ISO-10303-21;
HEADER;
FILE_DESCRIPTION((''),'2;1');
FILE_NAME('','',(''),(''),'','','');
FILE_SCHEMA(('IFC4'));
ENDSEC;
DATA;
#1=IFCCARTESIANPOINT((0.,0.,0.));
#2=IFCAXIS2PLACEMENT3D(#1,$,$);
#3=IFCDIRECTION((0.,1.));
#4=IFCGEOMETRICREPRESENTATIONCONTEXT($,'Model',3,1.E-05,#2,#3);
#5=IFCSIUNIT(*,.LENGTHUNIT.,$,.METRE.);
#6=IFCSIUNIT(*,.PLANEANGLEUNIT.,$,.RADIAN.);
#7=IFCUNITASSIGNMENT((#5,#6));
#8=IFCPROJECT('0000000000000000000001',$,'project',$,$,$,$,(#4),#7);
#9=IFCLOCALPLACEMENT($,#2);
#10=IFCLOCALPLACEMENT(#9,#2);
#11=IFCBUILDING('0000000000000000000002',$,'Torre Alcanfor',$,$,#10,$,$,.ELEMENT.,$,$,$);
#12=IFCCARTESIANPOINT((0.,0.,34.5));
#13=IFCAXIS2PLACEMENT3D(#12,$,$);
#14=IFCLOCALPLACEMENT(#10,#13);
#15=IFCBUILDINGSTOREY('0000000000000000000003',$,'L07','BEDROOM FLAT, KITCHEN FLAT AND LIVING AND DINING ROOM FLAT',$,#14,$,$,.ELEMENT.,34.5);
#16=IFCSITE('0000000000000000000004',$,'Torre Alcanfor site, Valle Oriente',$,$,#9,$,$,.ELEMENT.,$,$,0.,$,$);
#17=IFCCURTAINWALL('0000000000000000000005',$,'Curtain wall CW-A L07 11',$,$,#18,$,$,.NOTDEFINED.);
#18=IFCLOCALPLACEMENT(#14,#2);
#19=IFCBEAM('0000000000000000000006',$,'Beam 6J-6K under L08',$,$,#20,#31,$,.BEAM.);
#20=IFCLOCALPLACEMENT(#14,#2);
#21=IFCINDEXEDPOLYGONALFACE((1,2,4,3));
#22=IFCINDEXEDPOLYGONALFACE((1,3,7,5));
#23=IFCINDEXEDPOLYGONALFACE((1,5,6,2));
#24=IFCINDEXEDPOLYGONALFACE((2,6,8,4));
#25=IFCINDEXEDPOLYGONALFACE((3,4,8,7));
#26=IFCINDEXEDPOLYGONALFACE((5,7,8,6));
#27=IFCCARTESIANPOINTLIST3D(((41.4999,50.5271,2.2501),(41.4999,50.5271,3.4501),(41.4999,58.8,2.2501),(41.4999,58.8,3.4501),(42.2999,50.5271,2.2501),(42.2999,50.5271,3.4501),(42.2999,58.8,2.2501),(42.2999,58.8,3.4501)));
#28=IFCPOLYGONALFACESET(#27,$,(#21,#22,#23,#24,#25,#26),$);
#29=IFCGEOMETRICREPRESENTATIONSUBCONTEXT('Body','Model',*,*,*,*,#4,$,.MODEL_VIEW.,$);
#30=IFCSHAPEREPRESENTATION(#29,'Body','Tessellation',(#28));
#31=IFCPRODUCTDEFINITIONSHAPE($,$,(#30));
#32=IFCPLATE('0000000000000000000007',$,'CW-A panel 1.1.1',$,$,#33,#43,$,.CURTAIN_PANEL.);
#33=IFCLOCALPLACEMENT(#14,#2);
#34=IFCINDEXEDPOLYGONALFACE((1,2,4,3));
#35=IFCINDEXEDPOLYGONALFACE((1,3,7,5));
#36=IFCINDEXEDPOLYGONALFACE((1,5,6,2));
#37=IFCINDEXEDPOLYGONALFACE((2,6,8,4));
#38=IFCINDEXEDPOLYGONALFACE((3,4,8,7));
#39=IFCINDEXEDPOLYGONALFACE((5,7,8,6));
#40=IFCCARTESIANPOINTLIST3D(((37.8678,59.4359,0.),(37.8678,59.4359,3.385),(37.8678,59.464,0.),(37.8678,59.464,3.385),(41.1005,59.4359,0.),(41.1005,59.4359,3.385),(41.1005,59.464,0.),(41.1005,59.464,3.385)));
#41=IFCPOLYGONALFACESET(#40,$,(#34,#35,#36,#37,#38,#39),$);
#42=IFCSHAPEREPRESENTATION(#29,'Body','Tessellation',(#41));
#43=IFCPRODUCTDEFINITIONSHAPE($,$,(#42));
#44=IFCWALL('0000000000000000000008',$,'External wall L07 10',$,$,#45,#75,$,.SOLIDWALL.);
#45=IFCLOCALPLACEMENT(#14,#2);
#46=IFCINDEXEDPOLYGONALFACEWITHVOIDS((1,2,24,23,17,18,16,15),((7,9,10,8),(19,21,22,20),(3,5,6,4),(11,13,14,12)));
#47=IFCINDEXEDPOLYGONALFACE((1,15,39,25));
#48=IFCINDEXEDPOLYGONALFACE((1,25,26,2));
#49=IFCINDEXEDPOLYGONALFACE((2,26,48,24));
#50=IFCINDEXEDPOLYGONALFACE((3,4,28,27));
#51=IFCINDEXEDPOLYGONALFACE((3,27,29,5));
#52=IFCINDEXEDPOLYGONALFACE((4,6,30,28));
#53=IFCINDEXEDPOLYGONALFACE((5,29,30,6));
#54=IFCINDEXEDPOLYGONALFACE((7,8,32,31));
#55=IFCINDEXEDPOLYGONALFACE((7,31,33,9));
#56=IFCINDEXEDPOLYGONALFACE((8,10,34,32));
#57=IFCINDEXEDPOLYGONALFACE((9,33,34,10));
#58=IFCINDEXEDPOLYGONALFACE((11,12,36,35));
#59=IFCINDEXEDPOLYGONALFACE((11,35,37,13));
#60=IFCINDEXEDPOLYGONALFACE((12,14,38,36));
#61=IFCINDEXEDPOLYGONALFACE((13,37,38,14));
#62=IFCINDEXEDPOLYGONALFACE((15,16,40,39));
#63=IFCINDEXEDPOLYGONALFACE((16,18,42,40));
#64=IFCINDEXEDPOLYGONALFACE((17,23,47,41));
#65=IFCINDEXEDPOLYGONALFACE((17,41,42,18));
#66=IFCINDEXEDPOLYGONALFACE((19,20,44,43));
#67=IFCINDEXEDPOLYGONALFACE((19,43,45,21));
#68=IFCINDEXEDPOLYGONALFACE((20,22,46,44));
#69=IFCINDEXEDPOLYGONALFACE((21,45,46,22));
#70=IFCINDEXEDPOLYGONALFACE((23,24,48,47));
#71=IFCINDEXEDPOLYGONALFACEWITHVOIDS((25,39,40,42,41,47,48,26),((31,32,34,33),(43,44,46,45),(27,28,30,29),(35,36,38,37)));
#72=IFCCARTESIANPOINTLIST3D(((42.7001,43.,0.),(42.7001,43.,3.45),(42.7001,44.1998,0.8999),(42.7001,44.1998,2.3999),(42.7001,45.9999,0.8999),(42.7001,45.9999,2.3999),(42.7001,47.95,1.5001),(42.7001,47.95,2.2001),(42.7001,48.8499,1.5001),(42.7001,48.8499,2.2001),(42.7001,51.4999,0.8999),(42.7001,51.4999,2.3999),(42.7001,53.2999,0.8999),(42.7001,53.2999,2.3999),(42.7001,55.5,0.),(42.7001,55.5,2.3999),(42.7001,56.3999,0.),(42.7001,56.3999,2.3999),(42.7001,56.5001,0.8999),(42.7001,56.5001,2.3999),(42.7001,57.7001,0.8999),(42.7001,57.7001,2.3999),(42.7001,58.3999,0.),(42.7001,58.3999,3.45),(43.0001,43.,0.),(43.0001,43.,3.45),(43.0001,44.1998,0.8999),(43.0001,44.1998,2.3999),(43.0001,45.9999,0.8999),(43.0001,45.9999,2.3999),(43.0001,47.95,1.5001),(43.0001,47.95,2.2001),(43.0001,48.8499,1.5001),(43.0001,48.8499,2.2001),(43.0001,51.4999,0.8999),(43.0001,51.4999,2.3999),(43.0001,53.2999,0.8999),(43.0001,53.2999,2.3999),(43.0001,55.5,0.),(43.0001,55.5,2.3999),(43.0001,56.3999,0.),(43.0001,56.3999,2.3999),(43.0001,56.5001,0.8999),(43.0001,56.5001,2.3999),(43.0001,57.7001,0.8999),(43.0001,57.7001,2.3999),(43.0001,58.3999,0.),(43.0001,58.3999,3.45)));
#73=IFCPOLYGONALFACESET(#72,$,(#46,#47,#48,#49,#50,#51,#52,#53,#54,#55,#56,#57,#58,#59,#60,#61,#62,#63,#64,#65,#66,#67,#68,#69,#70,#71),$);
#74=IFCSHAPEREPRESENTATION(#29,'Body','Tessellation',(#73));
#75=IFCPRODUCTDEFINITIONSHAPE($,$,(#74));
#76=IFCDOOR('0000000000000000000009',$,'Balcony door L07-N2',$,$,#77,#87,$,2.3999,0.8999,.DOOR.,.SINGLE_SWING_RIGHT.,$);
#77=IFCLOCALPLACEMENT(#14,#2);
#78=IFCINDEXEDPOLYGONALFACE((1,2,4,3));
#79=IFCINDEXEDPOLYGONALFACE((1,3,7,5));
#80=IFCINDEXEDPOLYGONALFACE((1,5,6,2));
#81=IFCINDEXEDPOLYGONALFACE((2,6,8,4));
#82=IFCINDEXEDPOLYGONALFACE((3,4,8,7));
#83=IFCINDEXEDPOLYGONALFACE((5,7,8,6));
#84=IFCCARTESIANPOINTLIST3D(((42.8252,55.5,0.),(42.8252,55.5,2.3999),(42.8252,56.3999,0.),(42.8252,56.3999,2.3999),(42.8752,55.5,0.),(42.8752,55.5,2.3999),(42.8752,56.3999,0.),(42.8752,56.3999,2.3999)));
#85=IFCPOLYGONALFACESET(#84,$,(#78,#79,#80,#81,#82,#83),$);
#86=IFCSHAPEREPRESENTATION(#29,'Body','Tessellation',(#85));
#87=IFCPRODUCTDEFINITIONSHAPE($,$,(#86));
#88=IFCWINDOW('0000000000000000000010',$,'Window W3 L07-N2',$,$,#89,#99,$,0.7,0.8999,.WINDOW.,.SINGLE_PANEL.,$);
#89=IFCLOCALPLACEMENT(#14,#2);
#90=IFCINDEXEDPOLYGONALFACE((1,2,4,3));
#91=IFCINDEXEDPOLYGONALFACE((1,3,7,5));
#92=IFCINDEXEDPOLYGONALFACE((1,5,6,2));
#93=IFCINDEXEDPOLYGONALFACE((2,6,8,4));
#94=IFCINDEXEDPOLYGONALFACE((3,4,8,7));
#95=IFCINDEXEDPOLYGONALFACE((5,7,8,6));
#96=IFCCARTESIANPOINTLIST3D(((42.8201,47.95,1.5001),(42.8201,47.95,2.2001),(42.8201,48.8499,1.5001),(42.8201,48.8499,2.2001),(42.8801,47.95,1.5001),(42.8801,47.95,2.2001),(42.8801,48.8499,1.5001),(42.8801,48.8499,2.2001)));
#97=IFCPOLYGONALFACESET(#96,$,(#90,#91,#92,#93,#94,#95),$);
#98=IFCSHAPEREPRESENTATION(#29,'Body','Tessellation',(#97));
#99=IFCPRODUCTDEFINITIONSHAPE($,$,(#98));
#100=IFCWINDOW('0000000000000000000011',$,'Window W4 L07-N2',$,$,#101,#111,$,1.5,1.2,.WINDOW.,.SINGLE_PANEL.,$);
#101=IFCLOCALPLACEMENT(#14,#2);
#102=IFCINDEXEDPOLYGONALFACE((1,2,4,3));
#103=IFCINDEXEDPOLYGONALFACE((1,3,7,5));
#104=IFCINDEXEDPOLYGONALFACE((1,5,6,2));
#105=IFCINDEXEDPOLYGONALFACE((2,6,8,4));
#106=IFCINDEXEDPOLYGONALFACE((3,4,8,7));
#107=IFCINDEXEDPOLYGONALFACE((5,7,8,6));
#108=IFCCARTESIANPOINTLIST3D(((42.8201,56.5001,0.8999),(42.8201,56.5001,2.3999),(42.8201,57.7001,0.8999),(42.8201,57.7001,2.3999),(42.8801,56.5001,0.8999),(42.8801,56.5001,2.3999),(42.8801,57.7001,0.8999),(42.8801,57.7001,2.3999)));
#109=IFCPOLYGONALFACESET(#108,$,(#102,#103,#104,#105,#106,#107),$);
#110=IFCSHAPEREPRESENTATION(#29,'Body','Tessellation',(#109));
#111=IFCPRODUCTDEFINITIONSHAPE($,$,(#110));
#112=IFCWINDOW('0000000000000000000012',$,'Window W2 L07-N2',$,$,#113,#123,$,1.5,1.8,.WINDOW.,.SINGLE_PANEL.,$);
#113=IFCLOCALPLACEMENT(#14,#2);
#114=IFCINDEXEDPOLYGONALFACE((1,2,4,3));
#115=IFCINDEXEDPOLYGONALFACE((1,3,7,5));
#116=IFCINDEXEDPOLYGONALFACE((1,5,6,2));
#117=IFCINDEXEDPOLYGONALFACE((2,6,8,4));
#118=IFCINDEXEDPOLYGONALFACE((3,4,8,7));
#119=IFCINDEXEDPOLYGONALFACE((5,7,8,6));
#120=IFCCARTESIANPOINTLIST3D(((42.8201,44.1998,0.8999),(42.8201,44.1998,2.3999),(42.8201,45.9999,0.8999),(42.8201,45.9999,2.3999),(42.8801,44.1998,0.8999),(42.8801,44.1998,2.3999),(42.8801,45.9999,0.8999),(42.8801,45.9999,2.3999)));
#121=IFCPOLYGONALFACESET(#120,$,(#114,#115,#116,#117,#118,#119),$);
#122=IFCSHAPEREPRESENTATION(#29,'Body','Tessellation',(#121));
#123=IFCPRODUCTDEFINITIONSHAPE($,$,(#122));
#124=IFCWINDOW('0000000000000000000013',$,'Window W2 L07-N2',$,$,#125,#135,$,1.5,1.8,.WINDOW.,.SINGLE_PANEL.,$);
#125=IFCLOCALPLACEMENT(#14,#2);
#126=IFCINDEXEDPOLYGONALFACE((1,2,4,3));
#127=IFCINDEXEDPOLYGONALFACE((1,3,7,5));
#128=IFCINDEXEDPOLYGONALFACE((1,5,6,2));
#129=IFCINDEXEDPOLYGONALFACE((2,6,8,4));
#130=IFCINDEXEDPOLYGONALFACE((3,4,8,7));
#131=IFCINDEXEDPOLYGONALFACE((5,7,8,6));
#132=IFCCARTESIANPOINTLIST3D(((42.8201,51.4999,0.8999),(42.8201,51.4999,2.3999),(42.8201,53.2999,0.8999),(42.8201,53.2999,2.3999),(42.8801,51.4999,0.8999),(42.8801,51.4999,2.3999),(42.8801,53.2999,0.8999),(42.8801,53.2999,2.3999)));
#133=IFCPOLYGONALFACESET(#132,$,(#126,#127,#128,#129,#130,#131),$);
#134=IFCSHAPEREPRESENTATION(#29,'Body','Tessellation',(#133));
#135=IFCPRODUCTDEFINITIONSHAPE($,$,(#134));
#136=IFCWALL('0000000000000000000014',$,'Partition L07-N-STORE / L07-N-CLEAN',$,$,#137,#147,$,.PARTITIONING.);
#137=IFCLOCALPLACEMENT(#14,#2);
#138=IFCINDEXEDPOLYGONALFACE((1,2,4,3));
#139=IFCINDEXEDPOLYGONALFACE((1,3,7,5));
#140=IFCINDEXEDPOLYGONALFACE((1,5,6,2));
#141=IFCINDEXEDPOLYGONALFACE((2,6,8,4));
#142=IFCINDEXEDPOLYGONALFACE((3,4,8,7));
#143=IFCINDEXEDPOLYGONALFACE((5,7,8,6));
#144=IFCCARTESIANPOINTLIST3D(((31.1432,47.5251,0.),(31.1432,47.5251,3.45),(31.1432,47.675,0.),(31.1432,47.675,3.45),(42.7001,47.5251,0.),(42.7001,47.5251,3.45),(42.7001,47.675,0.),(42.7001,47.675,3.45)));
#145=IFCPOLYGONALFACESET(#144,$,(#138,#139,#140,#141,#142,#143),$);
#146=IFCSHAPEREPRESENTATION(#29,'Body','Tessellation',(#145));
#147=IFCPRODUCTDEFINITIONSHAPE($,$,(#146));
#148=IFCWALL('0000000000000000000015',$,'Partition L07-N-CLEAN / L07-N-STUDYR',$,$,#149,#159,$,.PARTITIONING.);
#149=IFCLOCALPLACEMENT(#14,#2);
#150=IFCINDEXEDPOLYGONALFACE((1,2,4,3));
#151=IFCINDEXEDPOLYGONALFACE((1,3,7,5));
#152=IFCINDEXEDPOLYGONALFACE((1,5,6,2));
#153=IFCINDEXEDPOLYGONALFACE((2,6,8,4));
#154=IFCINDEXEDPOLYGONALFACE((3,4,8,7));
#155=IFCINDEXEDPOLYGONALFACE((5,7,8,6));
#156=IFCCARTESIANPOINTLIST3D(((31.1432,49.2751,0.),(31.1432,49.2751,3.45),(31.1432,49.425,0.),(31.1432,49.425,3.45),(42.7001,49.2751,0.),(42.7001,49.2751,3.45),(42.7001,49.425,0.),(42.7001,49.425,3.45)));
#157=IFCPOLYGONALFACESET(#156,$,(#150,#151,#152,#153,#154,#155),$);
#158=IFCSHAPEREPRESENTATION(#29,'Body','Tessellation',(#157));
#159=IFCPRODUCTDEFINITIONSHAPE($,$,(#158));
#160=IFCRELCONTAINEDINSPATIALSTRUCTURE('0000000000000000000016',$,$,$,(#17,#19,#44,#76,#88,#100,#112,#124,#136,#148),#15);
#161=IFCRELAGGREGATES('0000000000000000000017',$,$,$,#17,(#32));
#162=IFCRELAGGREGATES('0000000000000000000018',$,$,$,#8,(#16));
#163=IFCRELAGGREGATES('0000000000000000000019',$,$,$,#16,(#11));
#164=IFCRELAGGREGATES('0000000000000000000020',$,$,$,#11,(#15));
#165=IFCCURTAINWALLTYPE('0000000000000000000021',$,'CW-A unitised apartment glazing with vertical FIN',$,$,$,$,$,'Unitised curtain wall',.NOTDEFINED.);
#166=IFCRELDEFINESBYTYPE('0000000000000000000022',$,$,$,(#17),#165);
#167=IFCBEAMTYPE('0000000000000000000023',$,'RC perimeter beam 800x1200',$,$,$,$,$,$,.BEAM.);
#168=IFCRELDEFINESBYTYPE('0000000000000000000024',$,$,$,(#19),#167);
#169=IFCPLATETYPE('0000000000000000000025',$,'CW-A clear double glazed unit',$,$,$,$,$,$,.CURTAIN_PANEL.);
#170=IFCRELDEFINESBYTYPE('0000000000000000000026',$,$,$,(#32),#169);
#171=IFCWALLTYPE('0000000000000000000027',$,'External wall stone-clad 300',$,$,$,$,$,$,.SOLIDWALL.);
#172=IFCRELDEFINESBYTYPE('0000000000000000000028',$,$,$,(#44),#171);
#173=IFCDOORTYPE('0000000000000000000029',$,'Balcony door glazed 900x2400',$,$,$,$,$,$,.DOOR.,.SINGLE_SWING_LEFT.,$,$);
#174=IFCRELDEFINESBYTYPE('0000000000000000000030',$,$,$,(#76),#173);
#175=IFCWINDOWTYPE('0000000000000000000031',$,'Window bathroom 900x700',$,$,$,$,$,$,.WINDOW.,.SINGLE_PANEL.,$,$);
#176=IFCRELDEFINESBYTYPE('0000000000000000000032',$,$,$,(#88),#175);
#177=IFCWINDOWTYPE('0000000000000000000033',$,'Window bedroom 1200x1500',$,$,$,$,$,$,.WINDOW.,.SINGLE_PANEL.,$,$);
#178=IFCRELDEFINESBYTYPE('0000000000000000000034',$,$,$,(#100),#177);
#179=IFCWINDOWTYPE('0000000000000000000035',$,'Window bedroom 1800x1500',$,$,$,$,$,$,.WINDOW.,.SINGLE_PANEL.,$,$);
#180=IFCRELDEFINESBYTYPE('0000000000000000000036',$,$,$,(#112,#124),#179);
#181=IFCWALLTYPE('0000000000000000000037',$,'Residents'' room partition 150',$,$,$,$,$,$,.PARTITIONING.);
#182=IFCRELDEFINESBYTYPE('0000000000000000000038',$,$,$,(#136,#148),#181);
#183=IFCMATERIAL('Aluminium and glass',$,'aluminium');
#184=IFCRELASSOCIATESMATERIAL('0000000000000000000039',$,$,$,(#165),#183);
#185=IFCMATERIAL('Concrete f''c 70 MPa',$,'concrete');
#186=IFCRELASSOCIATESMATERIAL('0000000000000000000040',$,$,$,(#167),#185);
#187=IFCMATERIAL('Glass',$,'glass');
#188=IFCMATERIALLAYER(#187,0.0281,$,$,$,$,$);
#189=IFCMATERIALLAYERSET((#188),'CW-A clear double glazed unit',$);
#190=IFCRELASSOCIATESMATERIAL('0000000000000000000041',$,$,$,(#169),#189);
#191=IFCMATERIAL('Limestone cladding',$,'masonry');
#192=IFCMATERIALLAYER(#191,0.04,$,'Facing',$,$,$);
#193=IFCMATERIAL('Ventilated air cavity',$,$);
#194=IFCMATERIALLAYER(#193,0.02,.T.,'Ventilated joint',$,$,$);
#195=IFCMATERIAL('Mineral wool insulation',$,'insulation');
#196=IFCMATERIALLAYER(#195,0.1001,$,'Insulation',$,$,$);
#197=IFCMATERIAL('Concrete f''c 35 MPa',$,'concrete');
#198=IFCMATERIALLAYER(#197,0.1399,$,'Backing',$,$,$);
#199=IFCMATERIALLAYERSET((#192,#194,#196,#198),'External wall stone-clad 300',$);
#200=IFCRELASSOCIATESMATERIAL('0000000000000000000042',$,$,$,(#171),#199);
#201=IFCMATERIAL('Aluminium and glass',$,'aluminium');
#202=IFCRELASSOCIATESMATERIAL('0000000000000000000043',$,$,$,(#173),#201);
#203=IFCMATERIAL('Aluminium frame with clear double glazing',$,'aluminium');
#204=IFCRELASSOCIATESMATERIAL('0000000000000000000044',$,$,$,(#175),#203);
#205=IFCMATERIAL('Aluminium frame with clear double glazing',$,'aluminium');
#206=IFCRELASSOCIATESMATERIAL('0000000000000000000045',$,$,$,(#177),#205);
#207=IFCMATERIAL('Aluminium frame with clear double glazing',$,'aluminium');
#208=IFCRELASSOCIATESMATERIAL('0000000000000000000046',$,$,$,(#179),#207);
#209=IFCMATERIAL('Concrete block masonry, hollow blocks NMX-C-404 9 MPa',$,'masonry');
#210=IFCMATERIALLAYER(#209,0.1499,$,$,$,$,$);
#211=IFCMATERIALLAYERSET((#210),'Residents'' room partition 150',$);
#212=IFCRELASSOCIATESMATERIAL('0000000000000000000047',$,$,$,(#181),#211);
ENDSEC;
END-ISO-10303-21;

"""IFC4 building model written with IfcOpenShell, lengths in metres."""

from ifc_helpers import new_model, si_unit, direction, frame, frame_2d, origin, origin_2d, place, context, subcontext, project, spatial, rectangle, extrude, material, layer, layer_set, material_profile, profile_set, type_object, element, fill, aggregate, save


model = new_model("IFC4")

# Units and contexts
model_context = context("Model", 3, precision=1e-05, world=origin(), true_north=direction((0.0, 1.0)))
body_context = subcontext(model_context, "Body", "Model", "MODEL_VIEW")
ifc_project = project(units=[si_unit("LENGTHUNIT", "METRE"), si_unit("PLANEANGLEUNIT", "RADIAN")], contexts=[model_context])

# Site, building, storey
site_placement = place(None, origin())
site = spatial("IfcSite", under=ifc_project, at=site_placement, Name="Torre Alcanfor site, Valle Oriente", CompositionType="ELEMENT", RefElevation=0.0)
building_placement = place(site_placement, origin())
building = spatial("IfcBuilding", under=site, at=building_placement, Name="Torre Alcanfor", CompositionType="ELEMENT")
storey_placement = place(building_placement, frame((0.0, 0.0, 34.5)))
storey = spatial("IfcBuildingStorey", under=building, at=storey_placement, Name="L07", Description="BEDROOM FLAT, KITCHEN FLAT AND LIVING AND DINING ROOM FLAT", CompositionType="ELEMENT", Elevation=34.5)

# Curtain wall
ifc_material_1 = material(Name="Aluminium and glass", Category="aluminium")
curtain_wall_type = type_object("IfcCurtainWallType", Name="CW-A unitised apartment glazing with vertical FIN", ElementType="Unitised curtain wall", PredefinedType="NOTDEFINED", material=ifc_material_1)
curtain_wall_placement = place(storey_placement, origin())
curtain_wall = element("IfcCurtainWall", 1, at=curtain_wall_placement, inside=storey, type_object=curtain_wall_type, Name="Curtain wall CW-A L07 11", PredefinedType="NOTDEFINED")

# Beam
ifc_material_2 = material(Name="Concrete f'c 70 MPa", Category="concrete")
ifc_material_profile_1 = material_profile(ifc_material_2, rectangle(XDim=0.8, YDim=1.2, at=origin_2d()), Name="800x1200")
ifc_profile_set_1 = profile_set([ifc_material_profile_1], Name="Concrete f'c 70 MPa")
beam_type_1 = type_object("IfcBeamType", Name="RC perimeter beam 800x1200", PredefinedType="BEAM", material=ifc_profile_set_1)
beam_placement = place(storey_placement, frame((41.8999, 50.5271, 2.8501), z_axis=(0.0, 1.0, 0.0), x_axis=(-1.0, 0.0, 0.0)))
element("IfcBeam", 2, at=beam_placement, inside=storey, type_object=beam_type_1, Name="Beam 6J-6K under L08", PredefinedType="BEAM", context=body_context, shape_type="SweptSolid", body=[
    extrude(rectangle(XDim=0.8, YDim=1.2, at=origin_2d()), origin(), (0.0, 0.0, 1.0), 8.2729),
])

# Plate
ifc_material_3 = material(Name="Glass", Category="glass")
ifc_layer_1 = layer(ifc_material_3, 0.0281)
ifc_layer_set_1 = layer_set([ifc_layer_1], Name="CW-A clear double glazed unit")
plate_type = type_object("IfcPlateType", Name="CW-A clear double glazed unit", PredefinedType="CURTAIN_PANEL", material=ifc_layer_set_1)
plate_placement = place(storey_placement, frame((39.4841, 59.45, 0.0), z_axis=(0.0, 0.0, 1.0), x_axis=(-1.0, 0.0, 0.0)))
plate = element("IfcPlate", 3, at=plate_placement, type_object=plate_type, Name="CW-A panel 1.1.1", PredefinedType="CURTAIN_PANEL", context=body_context, shape_type="SweptSolid", body=[
    extrude(rectangle(XDim=3.2327, YDim=0.0281, at=origin_2d()), origin(), (0.0, 0.0, 1.0), 3.385),
])
aggregate(curtain_wall, [plate])

# Wall, openings, door, windows
ifc_material_4 = material(Name="Limestone cladding", Category="masonry")
ifc_layer_2 = layer(ifc_material_4, 0.04, Name="Facing")
ifc_material_5 = material(Name="Ventilated air cavity")
ifc_layer_3 = layer(ifc_material_5, 0.02, ventilated=True, Name="Ventilated joint")
ifc_material_6 = material(Name="Mineral wool insulation", Category="insulation")
ifc_layer_4 = layer(ifc_material_6, 0.1001, Name="Insulation")
ifc_material_7 = material(Name="Concrete f'c 35 MPa", Category="concrete")
ifc_layer_5 = layer(ifc_material_7, 0.1399, Name="Backing")
ifc_layer_set_2 = layer_set([ifc_layer_2, ifc_layer_3, ifc_layer_4, ifc_layer_5], Name="External wall stone-clad 300")
wall_type_1 = type_object("IfcWallType", Name="External wall stone-clad 300", PredefinedType="SOLIDWALL", material=ifc_layer_set_2)
wall_1_placement = place(storey_placement, frame((42.8501, 43.0, 0.0), z_axis=(0.0, 0.0, 1.0), x_axis=(0.0, 1.0, 0.0)))
wall_1 = element("IfcWall", 4, at=wall_1_placement, inside=storey, type_object=wall_type_1, Name="External wall L07 10", PredefinedType="SOLIDWALL", context=body_context, shape_type="SweptSolid", body=[
    extrude(rectangle(XDim=15.3999, YDim=0.3, at=frame_2d((7.7, 0.0))), origin(), (0.0, 0.0, 1.0), 3.45),
])
opening_1_placement = place(wall_1_placement, frame((1.2, 0.0, 0.8999)))
opening_1 = element("IfcOpeningElement", 5, at=opening_1_placement, cuts=wall_1, PredefinedType="OPENING", context=body_context, shape_type="SweptSolid", body=[
    extrude(rectangle(XDim=1.8, YDim=1.5, at=frame_2d((0.8999, 0.75))), frame((0.0, 0.1599, 0.0), z_axis=(0.0, -1.0, 0.0), x_axis=(1.0, 0.0, 0.0)), (0.0, 0.0, 1.0), 0.3201),
])
opening_2_placement = place(wall_1_placement, frame((4.95, 0.0, 1.5)))
opening_2 = element("IfcOpeningElement", 6, at=opening_2_placement, cuts=wall_1, PredefinedType="OPENING", context=body_context, shape_type="SweptSolid", body=[
    extrude(rectangle(XDim=0.8999, YDim=0.7, at=frame_2d((0.45, 0.3501))), frame((0.0, 0.1599, 0.0), z_axis=(0.0, -1.0, 0.0), x_axis=(1.0, 0.0, 0.0)), (0.0, 0.0, 1.0), 0.3201),
])
opening_3_placement = place(wall_1_placement, frame((8.5, 0.0, 0.8999)))
opening_3 = element("IfcOpeningElement", 7, at=opening_3_placement, cuts=wall_1, PredefinedType="OPENING", context=body_context, shape_type="SweptSolid", body=[
    extrude(rectangle(XDim=1.8, YDim=1.5, at=frame_2d((0.8999, 0.75))), frame((0.0, 0.1599, 0.0), z_axis=(0.0, -1.0, 0.0), x_axis=(1.0, 0.0, 0.0)), (0.0, 0.0, 1.0), 0.3201),
])
opening_4_placement = place(wall_1_placement, frame((12.5, 0.0, 0.0)))
opening_4 = element("IfcOpeningElement", 8, at=opening_4_placement, cuts=wall_1, PredefinedType="OPENING", context=body_context, shape_type="SweptSolid", body=[
    extrude(rectangle(XDim=0.8999, YDim=2.3999, at=frame_2d((0.45, 1.2))), frame((0.0, 0.1599, 0.0), z_axis=(0.0, -1.0, 0.0), x_axis=(1.0, 0.0, 0.0)), (0.0, 0.0, 1.0), 0.3201),
])
opening_5_placement = place(wall_1_placement, frame((13.5, 0.0, 0.8999)))
opening_5 = element("IfcOpeningElement", 9, at=opening_5_placement, cuts=wall_1, PredefinedType="OPENING", context=body_context, shape_type="SweptSolid", body=[
    extrude(rectangle(XDim=1.2, YDim=1.5, at=frame_2d((0.6001, 0.75))), frame((0.0, 0.1599, 0.0), z_axis=(0.0, -1.0, 0.0), x_axis=(1.0, 0.0, 0.0)), (0.0, 0.0, 1.0), 0.3201),
])
ifc_material_8 = material(Name="Aluminium and glass", Category="aluminium")
door_type = type_object("IfcDoorType", Name="Balcony door glazed 900x2400", OperationType="SINGLE_SWING_LEFT", PredefinedType="DOOR", material=ifc_material_8)
door_placement = place(opening_4_placement, origin())
door = element("IfcDoor", 10, at=door_placement, inside=storey, type_object=door_type, Name="Balcony door L07-N2", OperationType="SINGLE_SWING_RIGHT", OverallHeight=2.3999, OverallWidth=0.8999, PredefinedType="DOOR", context=body_context, shape_type="SweptSolid", body=[
    extrude(rectangle(XDim=0.8999, YDim=2.3999, at=frame_2d((0.45, 1.2))), frame((0.0, 0.0249, 0.0), z_axis=(0.0, -1.0, 0.0), x_axis=(1.0, 0.0, 0.0)), (0.0, 0.0, 1.0), 0.05),
])
fill(opening_4, door)
ifc_material_9 = material(Name="Aluminium frame with clear double glazing", Category="aluminium")
window_type_1 = type_object("IfcWindowType", Name="Window bathroom 900x700", PartitioningType="SINGLE_PANEL", PredefinedType="WINDOW", material=ifc_material_9)
window_1_placement = place(opening_2_placement, origin())
window_1 = element("IfcWindow", 11, at=window_1_placement, inside=storey, type_object=window_type_1, Name="Window W3 L07-N2", OverallHeight=0.7, OverallWidth=0.8999, PartitioningType="SINGLE_PANEL", PredefinedType="WINDOW", context=body_context, shape_type="SweptSolid", body=[
    extrude(rectangle(XDim=0.8999, YDim=0.7, at=frame_2d((0.45, 0.3501))), frame((0.0, 0.03, 0.0), z_axis=(0.0, -1.0, 0.0), x_axis=(1.0, 0.0, 0.0)), (0.0, 0.0, 1.0), 0.0601),
])
fill(opening_2, window_1)
ifc_material_10 = material(Name="Aluminium frame with clear double glazing", Category="aluminium")
window_type_2 = type_object("IfcWindowType", Name="Window bedroom 1200x1500", PartitioningType="SINGLE_PANEL", PredefinedType="WINDOW", material=ifc_material_10)
window_2_placement = place(opening_5_placement, origin())
window_2 = element("IfcWindow", 12, at=window_2_placement, inside=storey, type_object=window_type_2, Name="Window W4 L07-N2", OverallHeight=1.5, OverallWidth=1.2, PartitioningType="SINGLE_PANEL", PredefinedType="WINDOW", context=body_context, shape_type="SweptSolid", body=[
    extrude(rectangle(XDim=1.2, YDim=1.5, at=frame_2d((0.6001, 0.75))), frame((0.0, 0.03, 0.0), z_axis=(0.0, -1.0, 0.0), x_axis=(1.0, 0.0, 0.0)), (0.0, 0.0, 1.0), 0.0601),
])
fill(opening_5, window_2)
ifc_material_11 = material(Name="Aluminium frame with clear double glazing", Category="aluminium")
window_type_3 = type_object("IfcWindowType", Name="Window bedroom 1800x1500", PartitioningType="SINGLE_PANEL", PredefinedType="WINDOW", material=ifc_material_11)
window_3_placement = place(opening_1_placement, origin())
window_3 = element("IfcWindow", 13, at=window_3_placement, inside=storey, type_object=window_type_3, Name="Window W2 L07-N2", OverallHeight=1.5, OverallWidth=1.8, PartitioningType="SINGLE_PANEL", PredefinedType="WINDOW", context=body_context, shape_type="SweptSolid", body=[
    extrude(rectangle(XDim=1.8, YDim=1.5, at=frame_2d((0.8999, 0.75))), frame((0.0, 0.03, 0.0), z_axis=(0.0, -1.0, 0.0), x_axis=(1.0, 0.0, 0.0)), (0.0, 0.0, 1.0), 0.0601),
])
fill(opening_1, window_3)
window_4_placement = place(opening_3_placement, origin())
window_4 = element("IfcWindow", 14, at=window_4_placement, inside=storey, type_object=window_type_3, Name="Window W2 L07-N2", OverallHeight=1.5, OverallWidth=1.8, PartitioningType="SINGLE_PANEL", PredefinedType="WINDOW", context=body_context, shape_type="SweptSolid", body=[
    extrude(rectangle(XDim=1.8, YDim=1.5, at=frame_2d((0.8999, 0.75))), frame((0.0, 0.03, 0.0), z_axis=(0.0, -1.0, 0.0), x_axis=(1.0, 0.0, 0.0)), (0.0, 0.0, 1.0), 0.0601),
])
fill(opening_3, window_4)

# Walls
ifc_material_12 = material(Name="Concrete block masonry, hollow blocks NMX-C-404 9 MPa", Category="masonry")
ifc_layer_6 = layer(ifc_material_12, 0.1499)
ifc_layer_set_3 = layer_set([ifc_layer_6], Name="Residents' room partition 150")
wall_type_2 = type_object("IfcWallType", Name="Residents' room partition 150", PredefinedType="PARTITIONING", material=ifc_layer_set_3)
for number, where, z_axis, x_axis, name in (
    (15, (42.7, 47.6001, 0.0), (0.0, 0.0, 1.0), (-1.0, 0.0, 0.0), "Partition L07-N-STORE / L07-N-CLEAN"),
    (16, (42.7, 49.3501, 0.0), (0.0, 0.0, 1.0), (-1.0, 0.0, 0.0), "Partition L07-N-CLEAN / L07-N-STUDYR"),
):
    element("IfcWall", number, at=place(storey_placement, frame(where, z_axis=z_axis, x_axis=x_axis)), inside=storey, type_object=wall_type_2, Name=name, PredefinedType="PARTITIONING", context=body_context, shape_type="SweptSolid", body=[
        extrude(rectangle(XDim=11.5569, YDim=0.1499, at=frame_2d((5.7783, 0.0))), origin(), (0.0, 0.0, 1.0), 3.45),
    ])

save(model, "model.ifc")
